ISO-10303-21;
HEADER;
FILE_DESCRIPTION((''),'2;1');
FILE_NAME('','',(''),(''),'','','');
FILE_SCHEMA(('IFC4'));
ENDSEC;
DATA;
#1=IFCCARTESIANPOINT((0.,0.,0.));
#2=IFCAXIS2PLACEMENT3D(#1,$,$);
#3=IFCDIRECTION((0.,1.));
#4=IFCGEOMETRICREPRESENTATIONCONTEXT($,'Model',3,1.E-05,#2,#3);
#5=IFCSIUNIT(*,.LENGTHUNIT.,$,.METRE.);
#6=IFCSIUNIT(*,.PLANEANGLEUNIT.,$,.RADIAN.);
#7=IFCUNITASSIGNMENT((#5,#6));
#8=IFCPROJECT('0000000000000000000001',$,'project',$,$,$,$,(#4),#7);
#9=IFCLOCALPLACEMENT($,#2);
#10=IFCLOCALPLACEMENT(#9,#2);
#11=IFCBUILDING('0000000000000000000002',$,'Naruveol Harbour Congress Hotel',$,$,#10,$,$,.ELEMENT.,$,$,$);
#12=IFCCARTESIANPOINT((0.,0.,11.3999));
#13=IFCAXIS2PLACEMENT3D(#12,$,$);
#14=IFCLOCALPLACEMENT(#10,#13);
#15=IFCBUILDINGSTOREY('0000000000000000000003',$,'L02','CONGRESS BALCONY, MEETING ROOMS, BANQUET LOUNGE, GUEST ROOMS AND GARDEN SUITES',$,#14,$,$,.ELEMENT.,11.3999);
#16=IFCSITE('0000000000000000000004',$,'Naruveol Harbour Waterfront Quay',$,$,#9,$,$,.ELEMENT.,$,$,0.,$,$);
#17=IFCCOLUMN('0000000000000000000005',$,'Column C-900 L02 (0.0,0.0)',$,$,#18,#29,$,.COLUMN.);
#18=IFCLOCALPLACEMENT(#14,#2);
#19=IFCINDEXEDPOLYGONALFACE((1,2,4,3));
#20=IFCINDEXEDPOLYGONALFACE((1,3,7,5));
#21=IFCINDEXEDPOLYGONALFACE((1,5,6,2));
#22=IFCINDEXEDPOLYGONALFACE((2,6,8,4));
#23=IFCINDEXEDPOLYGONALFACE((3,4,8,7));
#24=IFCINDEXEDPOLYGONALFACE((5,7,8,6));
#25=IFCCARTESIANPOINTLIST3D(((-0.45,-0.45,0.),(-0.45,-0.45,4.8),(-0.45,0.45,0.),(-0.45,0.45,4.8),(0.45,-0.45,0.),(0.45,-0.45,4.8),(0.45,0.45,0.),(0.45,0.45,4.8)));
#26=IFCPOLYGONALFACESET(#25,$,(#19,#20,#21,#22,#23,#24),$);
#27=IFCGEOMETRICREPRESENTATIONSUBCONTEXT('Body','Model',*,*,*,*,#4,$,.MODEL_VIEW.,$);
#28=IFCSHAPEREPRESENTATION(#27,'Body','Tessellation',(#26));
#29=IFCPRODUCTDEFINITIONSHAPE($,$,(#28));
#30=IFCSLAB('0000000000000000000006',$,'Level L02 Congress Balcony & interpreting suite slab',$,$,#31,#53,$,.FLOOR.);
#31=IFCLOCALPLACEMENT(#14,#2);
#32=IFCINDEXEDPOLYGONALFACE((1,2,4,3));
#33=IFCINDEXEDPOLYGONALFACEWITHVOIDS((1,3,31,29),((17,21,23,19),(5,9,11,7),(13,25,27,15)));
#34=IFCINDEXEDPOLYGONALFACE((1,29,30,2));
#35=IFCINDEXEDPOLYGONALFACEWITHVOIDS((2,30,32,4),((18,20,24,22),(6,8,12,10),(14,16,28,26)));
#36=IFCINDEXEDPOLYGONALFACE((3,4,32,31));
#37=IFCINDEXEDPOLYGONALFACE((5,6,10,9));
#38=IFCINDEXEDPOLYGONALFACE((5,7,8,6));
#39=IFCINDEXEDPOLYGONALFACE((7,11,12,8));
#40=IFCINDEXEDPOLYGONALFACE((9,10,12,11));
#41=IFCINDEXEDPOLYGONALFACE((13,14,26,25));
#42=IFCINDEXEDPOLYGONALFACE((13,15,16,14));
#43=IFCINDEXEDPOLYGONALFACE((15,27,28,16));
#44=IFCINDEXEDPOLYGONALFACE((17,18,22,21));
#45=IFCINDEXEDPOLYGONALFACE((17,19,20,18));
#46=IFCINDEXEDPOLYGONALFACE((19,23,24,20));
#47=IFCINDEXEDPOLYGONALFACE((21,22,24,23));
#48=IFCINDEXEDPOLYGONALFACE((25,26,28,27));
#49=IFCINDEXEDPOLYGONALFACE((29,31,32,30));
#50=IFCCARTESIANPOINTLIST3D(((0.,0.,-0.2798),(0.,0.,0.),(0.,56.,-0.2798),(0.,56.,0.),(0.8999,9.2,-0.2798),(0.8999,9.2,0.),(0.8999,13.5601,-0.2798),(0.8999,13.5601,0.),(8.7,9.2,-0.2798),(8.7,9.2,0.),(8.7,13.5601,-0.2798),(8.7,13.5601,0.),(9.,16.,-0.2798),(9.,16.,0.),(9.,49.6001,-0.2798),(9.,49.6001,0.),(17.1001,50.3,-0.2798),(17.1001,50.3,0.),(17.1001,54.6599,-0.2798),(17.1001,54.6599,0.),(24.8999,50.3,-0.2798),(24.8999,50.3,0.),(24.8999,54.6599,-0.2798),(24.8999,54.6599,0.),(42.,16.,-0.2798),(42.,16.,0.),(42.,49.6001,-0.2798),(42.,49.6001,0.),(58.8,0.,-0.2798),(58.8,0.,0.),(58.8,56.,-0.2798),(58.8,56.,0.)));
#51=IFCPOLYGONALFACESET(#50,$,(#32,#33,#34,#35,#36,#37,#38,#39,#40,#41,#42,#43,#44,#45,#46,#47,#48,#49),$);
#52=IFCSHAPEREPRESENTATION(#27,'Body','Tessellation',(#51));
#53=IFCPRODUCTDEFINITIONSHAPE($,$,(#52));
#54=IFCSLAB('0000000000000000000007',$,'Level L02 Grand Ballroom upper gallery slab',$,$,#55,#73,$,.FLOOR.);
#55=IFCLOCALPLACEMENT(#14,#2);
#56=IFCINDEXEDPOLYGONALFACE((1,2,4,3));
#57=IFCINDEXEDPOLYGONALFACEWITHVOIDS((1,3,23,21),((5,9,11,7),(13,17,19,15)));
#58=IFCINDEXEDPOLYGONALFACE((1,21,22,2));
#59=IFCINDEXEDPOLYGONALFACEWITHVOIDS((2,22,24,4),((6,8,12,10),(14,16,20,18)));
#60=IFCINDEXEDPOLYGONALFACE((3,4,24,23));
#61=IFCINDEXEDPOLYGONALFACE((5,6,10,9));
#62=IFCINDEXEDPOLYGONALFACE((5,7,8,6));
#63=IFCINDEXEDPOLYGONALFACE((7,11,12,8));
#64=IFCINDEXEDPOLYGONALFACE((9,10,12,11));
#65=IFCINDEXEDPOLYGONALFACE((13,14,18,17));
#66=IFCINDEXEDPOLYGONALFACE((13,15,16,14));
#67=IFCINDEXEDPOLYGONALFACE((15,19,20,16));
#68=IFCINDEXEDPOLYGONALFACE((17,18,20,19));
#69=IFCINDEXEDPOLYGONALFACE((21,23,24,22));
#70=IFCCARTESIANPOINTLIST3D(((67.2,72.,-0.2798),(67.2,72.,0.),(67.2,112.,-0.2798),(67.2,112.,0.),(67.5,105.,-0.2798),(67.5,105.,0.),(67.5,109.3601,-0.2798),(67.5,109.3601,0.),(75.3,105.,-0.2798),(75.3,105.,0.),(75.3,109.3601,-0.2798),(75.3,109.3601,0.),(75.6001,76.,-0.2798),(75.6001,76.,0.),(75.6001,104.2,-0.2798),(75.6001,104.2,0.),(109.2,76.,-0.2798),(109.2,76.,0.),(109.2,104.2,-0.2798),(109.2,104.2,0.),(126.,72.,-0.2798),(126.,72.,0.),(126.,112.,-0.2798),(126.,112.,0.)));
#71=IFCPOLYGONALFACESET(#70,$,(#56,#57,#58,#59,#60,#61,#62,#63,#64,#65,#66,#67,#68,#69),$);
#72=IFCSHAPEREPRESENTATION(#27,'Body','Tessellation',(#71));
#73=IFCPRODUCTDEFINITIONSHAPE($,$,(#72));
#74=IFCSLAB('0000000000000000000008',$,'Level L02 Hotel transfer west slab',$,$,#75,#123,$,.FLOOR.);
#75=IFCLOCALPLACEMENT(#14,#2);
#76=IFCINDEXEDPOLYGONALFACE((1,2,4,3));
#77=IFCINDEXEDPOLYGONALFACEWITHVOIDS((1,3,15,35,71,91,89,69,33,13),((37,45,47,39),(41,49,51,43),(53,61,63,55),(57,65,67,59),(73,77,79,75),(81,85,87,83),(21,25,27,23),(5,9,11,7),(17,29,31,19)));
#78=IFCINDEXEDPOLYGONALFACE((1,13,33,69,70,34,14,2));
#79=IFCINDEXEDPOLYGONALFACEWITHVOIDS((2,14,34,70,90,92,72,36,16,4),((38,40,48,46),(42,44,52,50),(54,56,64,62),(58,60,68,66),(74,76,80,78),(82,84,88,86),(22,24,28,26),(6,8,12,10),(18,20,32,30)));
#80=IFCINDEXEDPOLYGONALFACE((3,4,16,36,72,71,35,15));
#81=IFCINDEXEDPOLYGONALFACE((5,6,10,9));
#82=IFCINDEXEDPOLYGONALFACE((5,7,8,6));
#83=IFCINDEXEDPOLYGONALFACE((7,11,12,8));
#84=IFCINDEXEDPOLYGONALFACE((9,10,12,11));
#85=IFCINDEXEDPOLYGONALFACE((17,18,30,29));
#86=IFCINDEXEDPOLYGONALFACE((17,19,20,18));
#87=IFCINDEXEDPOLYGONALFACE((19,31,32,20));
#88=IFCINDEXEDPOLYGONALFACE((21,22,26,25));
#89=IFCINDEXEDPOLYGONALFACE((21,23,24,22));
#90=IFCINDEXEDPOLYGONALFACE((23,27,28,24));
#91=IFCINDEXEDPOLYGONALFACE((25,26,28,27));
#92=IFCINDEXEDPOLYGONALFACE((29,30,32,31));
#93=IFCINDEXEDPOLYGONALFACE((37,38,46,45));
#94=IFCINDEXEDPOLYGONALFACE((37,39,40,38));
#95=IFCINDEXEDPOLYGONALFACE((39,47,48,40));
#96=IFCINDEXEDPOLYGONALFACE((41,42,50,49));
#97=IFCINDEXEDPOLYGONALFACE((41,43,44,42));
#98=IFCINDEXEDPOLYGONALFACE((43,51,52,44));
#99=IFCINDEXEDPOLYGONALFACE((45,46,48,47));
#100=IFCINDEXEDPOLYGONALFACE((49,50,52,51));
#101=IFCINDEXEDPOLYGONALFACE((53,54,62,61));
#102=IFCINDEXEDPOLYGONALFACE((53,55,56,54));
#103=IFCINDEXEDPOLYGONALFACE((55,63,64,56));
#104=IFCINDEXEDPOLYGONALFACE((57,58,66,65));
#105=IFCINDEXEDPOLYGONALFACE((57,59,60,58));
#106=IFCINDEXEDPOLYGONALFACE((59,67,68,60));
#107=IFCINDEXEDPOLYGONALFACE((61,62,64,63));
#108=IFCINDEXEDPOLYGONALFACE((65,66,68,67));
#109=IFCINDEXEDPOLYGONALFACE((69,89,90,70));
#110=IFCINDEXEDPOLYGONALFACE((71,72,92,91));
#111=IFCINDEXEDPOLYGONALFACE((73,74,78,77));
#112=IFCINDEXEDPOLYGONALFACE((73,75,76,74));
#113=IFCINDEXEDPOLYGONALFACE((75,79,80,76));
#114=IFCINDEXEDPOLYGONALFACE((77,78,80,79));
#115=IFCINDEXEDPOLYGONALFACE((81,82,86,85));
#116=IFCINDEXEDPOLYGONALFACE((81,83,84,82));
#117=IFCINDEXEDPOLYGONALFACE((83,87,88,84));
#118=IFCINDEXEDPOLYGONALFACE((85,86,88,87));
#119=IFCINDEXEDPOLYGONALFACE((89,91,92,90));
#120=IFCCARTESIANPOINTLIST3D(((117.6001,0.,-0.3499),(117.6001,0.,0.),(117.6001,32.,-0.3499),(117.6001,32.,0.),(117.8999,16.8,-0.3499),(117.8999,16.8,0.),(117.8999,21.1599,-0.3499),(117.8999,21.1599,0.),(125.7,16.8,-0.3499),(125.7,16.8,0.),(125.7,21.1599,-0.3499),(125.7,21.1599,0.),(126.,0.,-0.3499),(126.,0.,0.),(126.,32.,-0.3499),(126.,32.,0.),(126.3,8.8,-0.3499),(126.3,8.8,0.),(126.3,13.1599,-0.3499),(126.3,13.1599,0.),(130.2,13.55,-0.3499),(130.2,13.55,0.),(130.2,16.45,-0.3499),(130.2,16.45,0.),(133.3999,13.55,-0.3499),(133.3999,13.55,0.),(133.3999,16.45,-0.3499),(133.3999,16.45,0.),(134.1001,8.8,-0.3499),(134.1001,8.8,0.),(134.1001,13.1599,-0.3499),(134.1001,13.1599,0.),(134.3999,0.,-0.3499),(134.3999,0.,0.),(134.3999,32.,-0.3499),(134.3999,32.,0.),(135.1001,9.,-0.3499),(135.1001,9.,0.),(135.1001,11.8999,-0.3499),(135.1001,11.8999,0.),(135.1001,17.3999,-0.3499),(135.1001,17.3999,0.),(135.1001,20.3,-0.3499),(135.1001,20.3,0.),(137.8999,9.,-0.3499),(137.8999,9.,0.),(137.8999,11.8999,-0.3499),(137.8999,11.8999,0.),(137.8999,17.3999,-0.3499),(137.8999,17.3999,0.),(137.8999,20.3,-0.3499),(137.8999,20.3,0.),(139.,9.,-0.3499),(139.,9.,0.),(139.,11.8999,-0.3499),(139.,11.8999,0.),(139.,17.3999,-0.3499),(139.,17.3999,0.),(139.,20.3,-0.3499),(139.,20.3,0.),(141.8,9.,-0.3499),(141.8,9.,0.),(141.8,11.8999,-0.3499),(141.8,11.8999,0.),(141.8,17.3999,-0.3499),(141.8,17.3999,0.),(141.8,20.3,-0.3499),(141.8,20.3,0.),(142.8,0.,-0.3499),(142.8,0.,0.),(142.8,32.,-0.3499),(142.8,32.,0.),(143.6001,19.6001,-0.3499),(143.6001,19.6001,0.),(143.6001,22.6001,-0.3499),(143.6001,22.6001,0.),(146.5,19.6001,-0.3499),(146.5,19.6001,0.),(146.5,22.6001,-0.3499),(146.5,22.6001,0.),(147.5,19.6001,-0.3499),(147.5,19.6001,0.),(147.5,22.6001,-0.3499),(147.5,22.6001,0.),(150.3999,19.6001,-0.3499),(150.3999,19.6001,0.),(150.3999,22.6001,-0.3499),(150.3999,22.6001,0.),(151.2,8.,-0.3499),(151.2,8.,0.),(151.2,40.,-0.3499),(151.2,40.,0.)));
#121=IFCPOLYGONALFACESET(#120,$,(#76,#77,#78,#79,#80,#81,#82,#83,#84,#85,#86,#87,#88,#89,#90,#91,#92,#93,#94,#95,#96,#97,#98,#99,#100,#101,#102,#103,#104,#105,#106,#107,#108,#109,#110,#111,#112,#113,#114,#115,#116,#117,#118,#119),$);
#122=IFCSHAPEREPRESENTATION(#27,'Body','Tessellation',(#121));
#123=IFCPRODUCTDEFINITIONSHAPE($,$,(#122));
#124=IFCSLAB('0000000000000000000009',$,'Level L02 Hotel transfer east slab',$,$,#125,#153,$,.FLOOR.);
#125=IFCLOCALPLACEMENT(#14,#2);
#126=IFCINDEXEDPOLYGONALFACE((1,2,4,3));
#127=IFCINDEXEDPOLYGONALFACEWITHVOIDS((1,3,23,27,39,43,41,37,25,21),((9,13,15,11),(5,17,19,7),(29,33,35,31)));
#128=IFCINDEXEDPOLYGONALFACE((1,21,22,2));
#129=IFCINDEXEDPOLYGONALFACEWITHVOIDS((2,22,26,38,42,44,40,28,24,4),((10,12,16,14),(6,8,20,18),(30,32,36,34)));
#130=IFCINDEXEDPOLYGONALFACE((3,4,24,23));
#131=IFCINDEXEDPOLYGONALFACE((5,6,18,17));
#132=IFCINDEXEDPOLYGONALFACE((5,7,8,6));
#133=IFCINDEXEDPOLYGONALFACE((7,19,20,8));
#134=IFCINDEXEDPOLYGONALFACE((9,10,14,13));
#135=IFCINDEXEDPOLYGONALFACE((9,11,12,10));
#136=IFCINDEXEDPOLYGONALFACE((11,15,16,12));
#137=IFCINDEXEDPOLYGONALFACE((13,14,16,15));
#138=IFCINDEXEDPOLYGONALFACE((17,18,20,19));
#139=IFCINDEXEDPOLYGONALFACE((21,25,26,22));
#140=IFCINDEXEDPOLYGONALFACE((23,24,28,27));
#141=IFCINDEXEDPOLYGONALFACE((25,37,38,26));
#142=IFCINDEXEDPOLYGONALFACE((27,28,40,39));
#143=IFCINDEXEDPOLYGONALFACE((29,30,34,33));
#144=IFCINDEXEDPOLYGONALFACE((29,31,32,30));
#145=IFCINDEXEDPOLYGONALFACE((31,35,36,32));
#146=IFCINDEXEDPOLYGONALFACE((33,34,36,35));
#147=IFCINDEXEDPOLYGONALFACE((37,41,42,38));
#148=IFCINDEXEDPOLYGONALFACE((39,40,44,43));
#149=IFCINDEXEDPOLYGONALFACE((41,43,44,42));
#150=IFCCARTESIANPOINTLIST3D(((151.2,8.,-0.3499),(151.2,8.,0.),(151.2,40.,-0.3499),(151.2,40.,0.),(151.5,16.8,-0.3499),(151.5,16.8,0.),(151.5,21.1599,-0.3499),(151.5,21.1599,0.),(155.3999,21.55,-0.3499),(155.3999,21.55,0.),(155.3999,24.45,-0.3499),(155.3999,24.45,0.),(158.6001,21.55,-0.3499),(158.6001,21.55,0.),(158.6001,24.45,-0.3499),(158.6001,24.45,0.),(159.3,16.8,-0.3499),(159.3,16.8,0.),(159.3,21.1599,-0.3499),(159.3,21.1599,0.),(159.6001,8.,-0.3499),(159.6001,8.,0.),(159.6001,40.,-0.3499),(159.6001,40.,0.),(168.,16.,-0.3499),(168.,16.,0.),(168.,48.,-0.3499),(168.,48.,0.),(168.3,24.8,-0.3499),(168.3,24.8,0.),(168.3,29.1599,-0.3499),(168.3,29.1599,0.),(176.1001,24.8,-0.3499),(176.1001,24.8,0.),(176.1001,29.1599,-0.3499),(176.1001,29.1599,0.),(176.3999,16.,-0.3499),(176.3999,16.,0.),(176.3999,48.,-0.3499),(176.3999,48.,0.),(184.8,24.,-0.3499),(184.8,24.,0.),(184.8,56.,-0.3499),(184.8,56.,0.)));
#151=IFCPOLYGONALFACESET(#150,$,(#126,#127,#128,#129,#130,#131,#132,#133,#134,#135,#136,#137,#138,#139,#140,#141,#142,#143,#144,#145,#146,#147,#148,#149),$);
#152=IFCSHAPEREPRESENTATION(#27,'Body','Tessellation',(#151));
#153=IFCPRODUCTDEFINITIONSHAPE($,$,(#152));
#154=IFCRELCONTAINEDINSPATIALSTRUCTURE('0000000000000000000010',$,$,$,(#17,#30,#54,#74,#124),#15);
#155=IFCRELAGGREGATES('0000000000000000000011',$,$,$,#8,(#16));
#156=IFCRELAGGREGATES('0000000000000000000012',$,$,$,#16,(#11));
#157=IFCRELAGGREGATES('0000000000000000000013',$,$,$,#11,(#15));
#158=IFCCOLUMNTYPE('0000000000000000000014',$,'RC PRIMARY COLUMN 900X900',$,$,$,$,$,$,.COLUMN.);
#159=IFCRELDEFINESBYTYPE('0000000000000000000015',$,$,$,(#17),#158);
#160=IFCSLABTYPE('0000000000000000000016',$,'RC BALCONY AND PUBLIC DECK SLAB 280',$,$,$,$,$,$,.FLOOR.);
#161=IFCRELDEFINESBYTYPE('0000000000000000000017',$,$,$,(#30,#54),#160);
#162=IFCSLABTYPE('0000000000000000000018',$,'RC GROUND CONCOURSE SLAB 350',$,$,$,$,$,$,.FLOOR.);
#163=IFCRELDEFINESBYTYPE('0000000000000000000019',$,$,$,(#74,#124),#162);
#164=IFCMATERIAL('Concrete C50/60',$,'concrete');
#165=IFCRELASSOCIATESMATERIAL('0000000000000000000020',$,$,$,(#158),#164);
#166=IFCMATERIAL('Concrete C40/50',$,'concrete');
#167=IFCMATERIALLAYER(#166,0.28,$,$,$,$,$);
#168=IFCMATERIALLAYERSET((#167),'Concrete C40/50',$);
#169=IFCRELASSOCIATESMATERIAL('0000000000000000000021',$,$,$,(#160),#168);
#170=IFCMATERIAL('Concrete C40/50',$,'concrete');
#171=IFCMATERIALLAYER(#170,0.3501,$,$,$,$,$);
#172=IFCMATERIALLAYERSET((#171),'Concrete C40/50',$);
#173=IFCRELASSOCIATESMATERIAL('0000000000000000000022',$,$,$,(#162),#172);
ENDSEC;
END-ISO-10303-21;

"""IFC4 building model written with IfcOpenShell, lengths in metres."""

from ifc_helpers import new_model, si_unit, direction, frame, origin, origin_with_axes, origin_2d, place, context, subcontext, project, spatial, polyline, rectangle, outline, extrude, material, layer, layer_set, material_profile, profile_set, type_object, element, save


model = new_model("IFC4")

# Units and contexts
model_context = context("Model", 3, precision=1e-05, world=origin(), true_north=direction((0.0, 1.0)))
body_context = subcontext(model_context, "Body", "Model", "MODEL_VIEW")
ifc_project = project(units=[si_unit("LENGTHUNIT", "METRE"), si_unit("PLANEANGLEUNIT", "RADIAN")], contexts=[model_context])

# Site, building, storey
site_placement = place(None, origin())
site = spatial("IfcSite", under=ifc_project, at=site_placement, Name="Naruveol Harbour Waterfront Quay", CompositionType="ELEMENT", RefElevation=0.0)
building_placement = place(site_placement, origin())
building = spatial("IfcBuilding", under=site, at=building_placement, Name="Naruveol Harbour Congress Hotel", CompositionType="ELEMENT")
storey_placement = place(building_placement, frame((0.0, 0.0, 11.3999)))
storey = spatial("IfcBuildingStorey", under=building, at=storey_placement, Name="L02", Description="CONGRESS BALCONY, MEETING ROOMS, BANQUET LOUNGE, GUEST ROOMS AND GARDEN SUITES", CompositionType="ELEMENT", Elevation=11.3999)

# Column
ifc_material_1 = material(Name="Concrete C50/60", Category="concrete")
ifc_material_profile = material_profile(ifc_material_1, rectangle(XDim=0.8999, YDim=0.8999, at=origin_2d()), Name="RC-900x900")
ifc_profile_set = profile_set([ifc_material_profile], Name="Concrete C50/60")
column_type = type_object("IfcColumnType", Name="RC PRIMARY COLUMN 900X900", PredefinedType="COLUMN", material=ifc_profile_set)
column_placement = place(storey_placement, origin_with_axes())
element("IfcColumn", 1, at=column_placement, inside=storey, type_object=column_type, Name="Column C-900 L02 (0.0,0.0)", PredefinedType="COLUMN", context=body_context, shape_type="SweptSolid", body=[
    extrude(rectangle(XDim=0.8999, YDim=0.8999, at=origin_2d()), origin(), (0.0, 0.0, 1.0), 4.8),
])

# Slabs
ifc_material_2 = material(Name="Concrete C40/50", Category="concrete")
ifc_layer_1 = layer(ifc_material_2, 0.28)
ifc_layer_set_1 = layer_set([ifc_layer_1], Name="Concrete C40/50")
slab_type_1 = type_object("IfcSlabType", Name="RC BALCONY AND PUBLIC DECK SLAB 280", PredefinedType="FLOOR", material=ifc_layer_set_1)
slab_1_placement = place(storey_placement, frame((0.0, 0.0, -0.2798)))
element("IfcSlab", 2, at=slab_1_placement, inside=storey, type_object=slab_type_1, Name="Level L02 Congress Balcony & interpreting suite slab", PredefinedType="FLOOR", context=body_context, shape_type="SweptSolid", body=[
    extrude(outline(polyline([(0.0, 0.0), (58.8, 0.0), (58.8, 56.0), (0.0, 56.0), (0.0, 0.0)]), holes=[polyline([(9.0, 16.0), (42.0, 16.0), (42.0, 49.6001), (9.0, 49.6001), (9.0, 16.0)]), polyline([(0.8999, 9.2), (8.7, 9.2), (8.7, 13.5601), (0.8999, 13.5601), (0.8999, 9.2)]), polyline([(17.1001, 50.3), (24.8999, 50.3), (24.8999, 54.6599), (17.1001, 54.6599), (17.1001, 50.3)])]), origin(), (0.0, 0.0, 1.0), 0.2798),
])
slab_2_placement = place(storey_placement, frame((0.0, 0.0, -0.2798)))
element("IfcSlab", 3, at=slab_2_placement, inside=storey, type_object=slab_type_1, Name="Level L02 Grand Ballroom upper gallery slab", PredefinedType="FLOOR", context=body_context, shape_type="SweptSolid", body=[
    extrude(outline(polyline([(67.2, 72.0), (126.0, 72.0), (126.0, 112.0), (67.2, 112.0), (67.2, 72.0)]), holes=[polyline([(75.6001, 76.0), (109.2, 76.0), (109.2, 104.2), (75.6001, 104.2), (75.6001, 76.0)]), polyline([(67.5, 105.0), (75.3, 105.0), (75.3, 109.3601), (67.5, 109.3601), (67.5, 105.0)])]), origin(), (0.0, 0.0, 1.0), 0.2798),
])
ifc_material_3 = material(Name="Concrete C40/50", Category="concrete")
ifc_layer_2 = layer(ifc_material_3, 0.3501)
ifc_layer_set_2 = layer_set([ifc_layer_2], Name="Concrete C40/50")
slab_type_2 = type_object("IfcSlabType", Name="RC GROUND CONCOURSE SLAB 350", PredefinedType="FLOOR", material=ifc_layer_set_2)
slab_3_placement = place(storey_placement, frame((0.0, 0.0, -0.3499)))
element("IfcSlab", 4, at=slab_3_placement, inside=storey, type_object=slab_type_2, Name="Level L02 Hotel transfer west slab", PredefinedType="FLOOR", context=body_context, shape_type="SweptSolid", body=[
    extrude(outline(polyline([(117.6001, 0.0), (126.0, 0.0), (134.3999, 0.0), (142.8, 0.0), (151.2, 8.0), (151.2, 40.0), (142.8, 32.0), (134.3999, 32.0), (126.0, 32.0), (117.6001, 32.0), (117.6001, 0.0)]), holes=[polyline([(126.3, 8.8), (134.1001, 8.8), (134.1001, 13.1599), (126.3, 13.1599), (126.3, 8.8)]), polyline([(117.8999, 16.8), (125.7, 16.8), (125.7, 21.1599), (117.8999, 21.1599), (117.8999, 16.8)]), polyline([(135.1001, 17.3999), (137.8999, 17.3999), (137.8999, 20.3), (135.1001, 20.3), (135.1001, 17.3999)]), polyline([(139.0, 17.3999), (141.8, 17.3999), (141.8, 20.3), (139.0, 20.3), (139.0, 17.3999)]), polyline([(135.1001, 9.0), (137.8999, 9.0), (137.8999, 11.8999), (135.1001, 11.8999), (135.1001, 9.0)]), polyline([(139.0, 9.0), (141.8, 9.0), (141.8, 11.8999), (139.0, 11.8999), (139.0, 9.0)]), polyline([(130.2, 13.55), (133.3999, 13.55), (133.3999, 16.45), (130.2, 16.45), (130.2, 13.55)]), polyline([(143.6001, 19.6001), (146.5, 19.6001), (146.5, 22.6001), (143.6001, 22.6001), (143.6001, 19.6001)]), polyline([(147.5, 19.6001), (150.3999, 19.6001), (150.3999, 22.6001), (147.5, 22.6001), (147.5, 19.6001)])]), origin(), (0.0, 0.0, 1.0), 0.3499),
])
slab_4_placement = place(storey_placement, frame((0.0, 0.0, -0.3499)))
element("IfcSlab", 5, at=slab_4_placement, inside=storey, type_object=slab_type_2, Name="Level L02 Hotel transfer east slab", PredefinedType="FLOOR", context=body_context, shape_type="SweptSolid", body=[
    extrude(outline(polyline([(151.2, 8.0), (159.6001, 8.0), (168.0, 16.0), (176.3999, 16.0), (184.8, 24.0), (184.8, 56.0), (176.3999, 48.0), (168.0, 48.0), (159.6001, 40.0), (151.2, 40.0), (151.2, 8.0)]), holes=[polyline([(151.5, 16.8), (159.3, 16.8), (159.3, 21.1599), (151.5, 21.1599), (151.5, 16.8)]), polyline([(168.3, 24.8), (176.1001, 24.8), (176.1001, 29.1599), (168.3, 29.1599), (168.3, 24.8)]), polyline([(155.3999, 21.55), (158.6001, 21.55), (158.6001, 24.45), (155.3999, 24.45), (155.3999, 21.55)])]), origin(), (0.0, 0.0, 1.0), 0.3499),
])

save(model, "model.ifc")
